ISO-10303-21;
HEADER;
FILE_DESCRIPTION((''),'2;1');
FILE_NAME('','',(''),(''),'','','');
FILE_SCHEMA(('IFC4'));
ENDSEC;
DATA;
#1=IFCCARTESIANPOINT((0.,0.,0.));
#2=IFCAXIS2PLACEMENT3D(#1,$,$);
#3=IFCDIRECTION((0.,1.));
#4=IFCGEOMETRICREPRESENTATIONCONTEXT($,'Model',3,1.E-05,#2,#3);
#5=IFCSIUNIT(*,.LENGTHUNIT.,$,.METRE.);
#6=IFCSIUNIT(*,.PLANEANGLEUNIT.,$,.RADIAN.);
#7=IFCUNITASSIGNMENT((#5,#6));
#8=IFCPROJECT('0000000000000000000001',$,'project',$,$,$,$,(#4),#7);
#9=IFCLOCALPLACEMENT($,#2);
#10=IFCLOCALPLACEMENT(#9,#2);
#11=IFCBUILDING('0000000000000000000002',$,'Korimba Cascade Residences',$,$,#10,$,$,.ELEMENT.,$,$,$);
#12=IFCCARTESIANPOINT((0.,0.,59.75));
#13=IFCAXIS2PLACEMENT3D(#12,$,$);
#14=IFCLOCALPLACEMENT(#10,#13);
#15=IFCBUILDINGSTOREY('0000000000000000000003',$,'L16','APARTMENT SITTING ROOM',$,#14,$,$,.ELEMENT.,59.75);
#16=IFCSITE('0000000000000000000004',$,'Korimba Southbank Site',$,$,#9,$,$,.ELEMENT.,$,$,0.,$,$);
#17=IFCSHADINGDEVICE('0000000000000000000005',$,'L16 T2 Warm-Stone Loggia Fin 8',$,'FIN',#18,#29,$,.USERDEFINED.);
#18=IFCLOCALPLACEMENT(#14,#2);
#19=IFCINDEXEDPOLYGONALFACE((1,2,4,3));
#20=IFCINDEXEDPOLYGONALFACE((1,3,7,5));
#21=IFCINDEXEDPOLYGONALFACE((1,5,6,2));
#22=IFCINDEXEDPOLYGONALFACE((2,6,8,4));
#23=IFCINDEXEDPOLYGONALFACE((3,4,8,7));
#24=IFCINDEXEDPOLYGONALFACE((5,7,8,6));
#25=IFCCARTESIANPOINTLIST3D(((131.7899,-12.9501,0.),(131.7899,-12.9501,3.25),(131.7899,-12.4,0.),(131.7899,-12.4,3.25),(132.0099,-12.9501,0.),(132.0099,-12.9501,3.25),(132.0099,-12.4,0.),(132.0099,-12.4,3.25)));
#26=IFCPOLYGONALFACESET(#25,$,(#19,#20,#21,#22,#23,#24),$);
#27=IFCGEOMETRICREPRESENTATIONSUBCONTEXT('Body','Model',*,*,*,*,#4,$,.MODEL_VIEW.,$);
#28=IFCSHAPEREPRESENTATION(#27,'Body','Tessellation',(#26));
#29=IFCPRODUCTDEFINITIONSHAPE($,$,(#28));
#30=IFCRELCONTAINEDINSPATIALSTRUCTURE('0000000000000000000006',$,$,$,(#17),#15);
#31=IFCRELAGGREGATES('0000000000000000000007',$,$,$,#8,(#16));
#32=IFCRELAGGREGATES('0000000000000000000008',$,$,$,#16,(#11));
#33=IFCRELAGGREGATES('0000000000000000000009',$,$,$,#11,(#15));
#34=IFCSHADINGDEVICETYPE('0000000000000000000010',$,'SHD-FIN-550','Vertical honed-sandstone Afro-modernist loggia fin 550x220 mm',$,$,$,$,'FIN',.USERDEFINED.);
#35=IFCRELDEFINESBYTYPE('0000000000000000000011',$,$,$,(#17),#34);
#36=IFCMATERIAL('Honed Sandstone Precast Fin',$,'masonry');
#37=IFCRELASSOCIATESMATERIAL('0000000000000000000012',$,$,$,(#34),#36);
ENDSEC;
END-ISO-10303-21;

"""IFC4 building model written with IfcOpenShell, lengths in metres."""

from ifc_helpers import new_model, si_unit, direction, frame, origin, origin_2d, place, context, subcontext, project, spatial, rectangle, extrude, material, type_object, element, save


model = new_model("IFC4")

# Units and contexts
model_context = context("Model", 3, precision=1e-05, world=origin(), true_north=direction((0.0, 1.0)))
body_context = subcontext(model_context, "Body", "Model", "MODEL_VIEW")
ifc_project = project(units=[si_unit("LENGTHUNIT", "METRE"), si_unit("PLANEANGLEUNIT", "RADIAN")], contexts=[model_context])

# Site, building, storey
site_placement = place(None, origin())
site = spatial("IfcSite", under=ifc_project, at=site_placement, Name="Korimba Southbank Site", CompositionType="ELEMENT", RefElevation=0.0)
building_placement = place(site_placement, origin())
building = spatial("IfcBuilding", under=site, at=building_placement, Name="Korimba Cascade Residences", CompositionType="ELEMENT")
storey_placement = place(building_placement, frame((0.0, 0.0, 59.75)))
storey = spatial("IfcBuildingStorey", under=building, at=storey_placement, Name="L16", Description="APARTMENT SITTING ROOM", CompositionType="ELEMENT", Elevation=59.75)

# Shading device
ifc_material_1 = material(Name="Honed Sandstone Precast Fin", Category="masonry")
shading_device_type = type_object("IfcShadingDeviceType", Name="SHD-FIN-550", Description="Vertical honed-sandstone Afro-modernist loggia fin 550x220 mm", ElementType="FIN", PredefinedType="USERDEFINED", material=ifc_material_1)
for number, where, z_axis, x_axis, name in (
    (1, (131.8999, -12.675, 0.0), (0.0, 0.0, 1.0), (1.0, 0.0, 0.0), "L16 T2 Warm-Stone Loggia Fin 8"),
):
    element("IfcShadingDevice", number, at=place(storey_placement, frame(where, z_axis=z_axis, x_axis=x_axis)), inside=storey, type_object=shading_device_type, Name=name, ObjectType="FIN", PredefinedType="USERDEFINED", context=body_context, shape_type="SweptSolid", body=[
        extrude(rectangle(XDim=0.22, YDim=0.55, at=origin_2d()), origin(), (0.0, 0.0, 1.0), 3.25),
    ])

save(model, "model.ifc")
